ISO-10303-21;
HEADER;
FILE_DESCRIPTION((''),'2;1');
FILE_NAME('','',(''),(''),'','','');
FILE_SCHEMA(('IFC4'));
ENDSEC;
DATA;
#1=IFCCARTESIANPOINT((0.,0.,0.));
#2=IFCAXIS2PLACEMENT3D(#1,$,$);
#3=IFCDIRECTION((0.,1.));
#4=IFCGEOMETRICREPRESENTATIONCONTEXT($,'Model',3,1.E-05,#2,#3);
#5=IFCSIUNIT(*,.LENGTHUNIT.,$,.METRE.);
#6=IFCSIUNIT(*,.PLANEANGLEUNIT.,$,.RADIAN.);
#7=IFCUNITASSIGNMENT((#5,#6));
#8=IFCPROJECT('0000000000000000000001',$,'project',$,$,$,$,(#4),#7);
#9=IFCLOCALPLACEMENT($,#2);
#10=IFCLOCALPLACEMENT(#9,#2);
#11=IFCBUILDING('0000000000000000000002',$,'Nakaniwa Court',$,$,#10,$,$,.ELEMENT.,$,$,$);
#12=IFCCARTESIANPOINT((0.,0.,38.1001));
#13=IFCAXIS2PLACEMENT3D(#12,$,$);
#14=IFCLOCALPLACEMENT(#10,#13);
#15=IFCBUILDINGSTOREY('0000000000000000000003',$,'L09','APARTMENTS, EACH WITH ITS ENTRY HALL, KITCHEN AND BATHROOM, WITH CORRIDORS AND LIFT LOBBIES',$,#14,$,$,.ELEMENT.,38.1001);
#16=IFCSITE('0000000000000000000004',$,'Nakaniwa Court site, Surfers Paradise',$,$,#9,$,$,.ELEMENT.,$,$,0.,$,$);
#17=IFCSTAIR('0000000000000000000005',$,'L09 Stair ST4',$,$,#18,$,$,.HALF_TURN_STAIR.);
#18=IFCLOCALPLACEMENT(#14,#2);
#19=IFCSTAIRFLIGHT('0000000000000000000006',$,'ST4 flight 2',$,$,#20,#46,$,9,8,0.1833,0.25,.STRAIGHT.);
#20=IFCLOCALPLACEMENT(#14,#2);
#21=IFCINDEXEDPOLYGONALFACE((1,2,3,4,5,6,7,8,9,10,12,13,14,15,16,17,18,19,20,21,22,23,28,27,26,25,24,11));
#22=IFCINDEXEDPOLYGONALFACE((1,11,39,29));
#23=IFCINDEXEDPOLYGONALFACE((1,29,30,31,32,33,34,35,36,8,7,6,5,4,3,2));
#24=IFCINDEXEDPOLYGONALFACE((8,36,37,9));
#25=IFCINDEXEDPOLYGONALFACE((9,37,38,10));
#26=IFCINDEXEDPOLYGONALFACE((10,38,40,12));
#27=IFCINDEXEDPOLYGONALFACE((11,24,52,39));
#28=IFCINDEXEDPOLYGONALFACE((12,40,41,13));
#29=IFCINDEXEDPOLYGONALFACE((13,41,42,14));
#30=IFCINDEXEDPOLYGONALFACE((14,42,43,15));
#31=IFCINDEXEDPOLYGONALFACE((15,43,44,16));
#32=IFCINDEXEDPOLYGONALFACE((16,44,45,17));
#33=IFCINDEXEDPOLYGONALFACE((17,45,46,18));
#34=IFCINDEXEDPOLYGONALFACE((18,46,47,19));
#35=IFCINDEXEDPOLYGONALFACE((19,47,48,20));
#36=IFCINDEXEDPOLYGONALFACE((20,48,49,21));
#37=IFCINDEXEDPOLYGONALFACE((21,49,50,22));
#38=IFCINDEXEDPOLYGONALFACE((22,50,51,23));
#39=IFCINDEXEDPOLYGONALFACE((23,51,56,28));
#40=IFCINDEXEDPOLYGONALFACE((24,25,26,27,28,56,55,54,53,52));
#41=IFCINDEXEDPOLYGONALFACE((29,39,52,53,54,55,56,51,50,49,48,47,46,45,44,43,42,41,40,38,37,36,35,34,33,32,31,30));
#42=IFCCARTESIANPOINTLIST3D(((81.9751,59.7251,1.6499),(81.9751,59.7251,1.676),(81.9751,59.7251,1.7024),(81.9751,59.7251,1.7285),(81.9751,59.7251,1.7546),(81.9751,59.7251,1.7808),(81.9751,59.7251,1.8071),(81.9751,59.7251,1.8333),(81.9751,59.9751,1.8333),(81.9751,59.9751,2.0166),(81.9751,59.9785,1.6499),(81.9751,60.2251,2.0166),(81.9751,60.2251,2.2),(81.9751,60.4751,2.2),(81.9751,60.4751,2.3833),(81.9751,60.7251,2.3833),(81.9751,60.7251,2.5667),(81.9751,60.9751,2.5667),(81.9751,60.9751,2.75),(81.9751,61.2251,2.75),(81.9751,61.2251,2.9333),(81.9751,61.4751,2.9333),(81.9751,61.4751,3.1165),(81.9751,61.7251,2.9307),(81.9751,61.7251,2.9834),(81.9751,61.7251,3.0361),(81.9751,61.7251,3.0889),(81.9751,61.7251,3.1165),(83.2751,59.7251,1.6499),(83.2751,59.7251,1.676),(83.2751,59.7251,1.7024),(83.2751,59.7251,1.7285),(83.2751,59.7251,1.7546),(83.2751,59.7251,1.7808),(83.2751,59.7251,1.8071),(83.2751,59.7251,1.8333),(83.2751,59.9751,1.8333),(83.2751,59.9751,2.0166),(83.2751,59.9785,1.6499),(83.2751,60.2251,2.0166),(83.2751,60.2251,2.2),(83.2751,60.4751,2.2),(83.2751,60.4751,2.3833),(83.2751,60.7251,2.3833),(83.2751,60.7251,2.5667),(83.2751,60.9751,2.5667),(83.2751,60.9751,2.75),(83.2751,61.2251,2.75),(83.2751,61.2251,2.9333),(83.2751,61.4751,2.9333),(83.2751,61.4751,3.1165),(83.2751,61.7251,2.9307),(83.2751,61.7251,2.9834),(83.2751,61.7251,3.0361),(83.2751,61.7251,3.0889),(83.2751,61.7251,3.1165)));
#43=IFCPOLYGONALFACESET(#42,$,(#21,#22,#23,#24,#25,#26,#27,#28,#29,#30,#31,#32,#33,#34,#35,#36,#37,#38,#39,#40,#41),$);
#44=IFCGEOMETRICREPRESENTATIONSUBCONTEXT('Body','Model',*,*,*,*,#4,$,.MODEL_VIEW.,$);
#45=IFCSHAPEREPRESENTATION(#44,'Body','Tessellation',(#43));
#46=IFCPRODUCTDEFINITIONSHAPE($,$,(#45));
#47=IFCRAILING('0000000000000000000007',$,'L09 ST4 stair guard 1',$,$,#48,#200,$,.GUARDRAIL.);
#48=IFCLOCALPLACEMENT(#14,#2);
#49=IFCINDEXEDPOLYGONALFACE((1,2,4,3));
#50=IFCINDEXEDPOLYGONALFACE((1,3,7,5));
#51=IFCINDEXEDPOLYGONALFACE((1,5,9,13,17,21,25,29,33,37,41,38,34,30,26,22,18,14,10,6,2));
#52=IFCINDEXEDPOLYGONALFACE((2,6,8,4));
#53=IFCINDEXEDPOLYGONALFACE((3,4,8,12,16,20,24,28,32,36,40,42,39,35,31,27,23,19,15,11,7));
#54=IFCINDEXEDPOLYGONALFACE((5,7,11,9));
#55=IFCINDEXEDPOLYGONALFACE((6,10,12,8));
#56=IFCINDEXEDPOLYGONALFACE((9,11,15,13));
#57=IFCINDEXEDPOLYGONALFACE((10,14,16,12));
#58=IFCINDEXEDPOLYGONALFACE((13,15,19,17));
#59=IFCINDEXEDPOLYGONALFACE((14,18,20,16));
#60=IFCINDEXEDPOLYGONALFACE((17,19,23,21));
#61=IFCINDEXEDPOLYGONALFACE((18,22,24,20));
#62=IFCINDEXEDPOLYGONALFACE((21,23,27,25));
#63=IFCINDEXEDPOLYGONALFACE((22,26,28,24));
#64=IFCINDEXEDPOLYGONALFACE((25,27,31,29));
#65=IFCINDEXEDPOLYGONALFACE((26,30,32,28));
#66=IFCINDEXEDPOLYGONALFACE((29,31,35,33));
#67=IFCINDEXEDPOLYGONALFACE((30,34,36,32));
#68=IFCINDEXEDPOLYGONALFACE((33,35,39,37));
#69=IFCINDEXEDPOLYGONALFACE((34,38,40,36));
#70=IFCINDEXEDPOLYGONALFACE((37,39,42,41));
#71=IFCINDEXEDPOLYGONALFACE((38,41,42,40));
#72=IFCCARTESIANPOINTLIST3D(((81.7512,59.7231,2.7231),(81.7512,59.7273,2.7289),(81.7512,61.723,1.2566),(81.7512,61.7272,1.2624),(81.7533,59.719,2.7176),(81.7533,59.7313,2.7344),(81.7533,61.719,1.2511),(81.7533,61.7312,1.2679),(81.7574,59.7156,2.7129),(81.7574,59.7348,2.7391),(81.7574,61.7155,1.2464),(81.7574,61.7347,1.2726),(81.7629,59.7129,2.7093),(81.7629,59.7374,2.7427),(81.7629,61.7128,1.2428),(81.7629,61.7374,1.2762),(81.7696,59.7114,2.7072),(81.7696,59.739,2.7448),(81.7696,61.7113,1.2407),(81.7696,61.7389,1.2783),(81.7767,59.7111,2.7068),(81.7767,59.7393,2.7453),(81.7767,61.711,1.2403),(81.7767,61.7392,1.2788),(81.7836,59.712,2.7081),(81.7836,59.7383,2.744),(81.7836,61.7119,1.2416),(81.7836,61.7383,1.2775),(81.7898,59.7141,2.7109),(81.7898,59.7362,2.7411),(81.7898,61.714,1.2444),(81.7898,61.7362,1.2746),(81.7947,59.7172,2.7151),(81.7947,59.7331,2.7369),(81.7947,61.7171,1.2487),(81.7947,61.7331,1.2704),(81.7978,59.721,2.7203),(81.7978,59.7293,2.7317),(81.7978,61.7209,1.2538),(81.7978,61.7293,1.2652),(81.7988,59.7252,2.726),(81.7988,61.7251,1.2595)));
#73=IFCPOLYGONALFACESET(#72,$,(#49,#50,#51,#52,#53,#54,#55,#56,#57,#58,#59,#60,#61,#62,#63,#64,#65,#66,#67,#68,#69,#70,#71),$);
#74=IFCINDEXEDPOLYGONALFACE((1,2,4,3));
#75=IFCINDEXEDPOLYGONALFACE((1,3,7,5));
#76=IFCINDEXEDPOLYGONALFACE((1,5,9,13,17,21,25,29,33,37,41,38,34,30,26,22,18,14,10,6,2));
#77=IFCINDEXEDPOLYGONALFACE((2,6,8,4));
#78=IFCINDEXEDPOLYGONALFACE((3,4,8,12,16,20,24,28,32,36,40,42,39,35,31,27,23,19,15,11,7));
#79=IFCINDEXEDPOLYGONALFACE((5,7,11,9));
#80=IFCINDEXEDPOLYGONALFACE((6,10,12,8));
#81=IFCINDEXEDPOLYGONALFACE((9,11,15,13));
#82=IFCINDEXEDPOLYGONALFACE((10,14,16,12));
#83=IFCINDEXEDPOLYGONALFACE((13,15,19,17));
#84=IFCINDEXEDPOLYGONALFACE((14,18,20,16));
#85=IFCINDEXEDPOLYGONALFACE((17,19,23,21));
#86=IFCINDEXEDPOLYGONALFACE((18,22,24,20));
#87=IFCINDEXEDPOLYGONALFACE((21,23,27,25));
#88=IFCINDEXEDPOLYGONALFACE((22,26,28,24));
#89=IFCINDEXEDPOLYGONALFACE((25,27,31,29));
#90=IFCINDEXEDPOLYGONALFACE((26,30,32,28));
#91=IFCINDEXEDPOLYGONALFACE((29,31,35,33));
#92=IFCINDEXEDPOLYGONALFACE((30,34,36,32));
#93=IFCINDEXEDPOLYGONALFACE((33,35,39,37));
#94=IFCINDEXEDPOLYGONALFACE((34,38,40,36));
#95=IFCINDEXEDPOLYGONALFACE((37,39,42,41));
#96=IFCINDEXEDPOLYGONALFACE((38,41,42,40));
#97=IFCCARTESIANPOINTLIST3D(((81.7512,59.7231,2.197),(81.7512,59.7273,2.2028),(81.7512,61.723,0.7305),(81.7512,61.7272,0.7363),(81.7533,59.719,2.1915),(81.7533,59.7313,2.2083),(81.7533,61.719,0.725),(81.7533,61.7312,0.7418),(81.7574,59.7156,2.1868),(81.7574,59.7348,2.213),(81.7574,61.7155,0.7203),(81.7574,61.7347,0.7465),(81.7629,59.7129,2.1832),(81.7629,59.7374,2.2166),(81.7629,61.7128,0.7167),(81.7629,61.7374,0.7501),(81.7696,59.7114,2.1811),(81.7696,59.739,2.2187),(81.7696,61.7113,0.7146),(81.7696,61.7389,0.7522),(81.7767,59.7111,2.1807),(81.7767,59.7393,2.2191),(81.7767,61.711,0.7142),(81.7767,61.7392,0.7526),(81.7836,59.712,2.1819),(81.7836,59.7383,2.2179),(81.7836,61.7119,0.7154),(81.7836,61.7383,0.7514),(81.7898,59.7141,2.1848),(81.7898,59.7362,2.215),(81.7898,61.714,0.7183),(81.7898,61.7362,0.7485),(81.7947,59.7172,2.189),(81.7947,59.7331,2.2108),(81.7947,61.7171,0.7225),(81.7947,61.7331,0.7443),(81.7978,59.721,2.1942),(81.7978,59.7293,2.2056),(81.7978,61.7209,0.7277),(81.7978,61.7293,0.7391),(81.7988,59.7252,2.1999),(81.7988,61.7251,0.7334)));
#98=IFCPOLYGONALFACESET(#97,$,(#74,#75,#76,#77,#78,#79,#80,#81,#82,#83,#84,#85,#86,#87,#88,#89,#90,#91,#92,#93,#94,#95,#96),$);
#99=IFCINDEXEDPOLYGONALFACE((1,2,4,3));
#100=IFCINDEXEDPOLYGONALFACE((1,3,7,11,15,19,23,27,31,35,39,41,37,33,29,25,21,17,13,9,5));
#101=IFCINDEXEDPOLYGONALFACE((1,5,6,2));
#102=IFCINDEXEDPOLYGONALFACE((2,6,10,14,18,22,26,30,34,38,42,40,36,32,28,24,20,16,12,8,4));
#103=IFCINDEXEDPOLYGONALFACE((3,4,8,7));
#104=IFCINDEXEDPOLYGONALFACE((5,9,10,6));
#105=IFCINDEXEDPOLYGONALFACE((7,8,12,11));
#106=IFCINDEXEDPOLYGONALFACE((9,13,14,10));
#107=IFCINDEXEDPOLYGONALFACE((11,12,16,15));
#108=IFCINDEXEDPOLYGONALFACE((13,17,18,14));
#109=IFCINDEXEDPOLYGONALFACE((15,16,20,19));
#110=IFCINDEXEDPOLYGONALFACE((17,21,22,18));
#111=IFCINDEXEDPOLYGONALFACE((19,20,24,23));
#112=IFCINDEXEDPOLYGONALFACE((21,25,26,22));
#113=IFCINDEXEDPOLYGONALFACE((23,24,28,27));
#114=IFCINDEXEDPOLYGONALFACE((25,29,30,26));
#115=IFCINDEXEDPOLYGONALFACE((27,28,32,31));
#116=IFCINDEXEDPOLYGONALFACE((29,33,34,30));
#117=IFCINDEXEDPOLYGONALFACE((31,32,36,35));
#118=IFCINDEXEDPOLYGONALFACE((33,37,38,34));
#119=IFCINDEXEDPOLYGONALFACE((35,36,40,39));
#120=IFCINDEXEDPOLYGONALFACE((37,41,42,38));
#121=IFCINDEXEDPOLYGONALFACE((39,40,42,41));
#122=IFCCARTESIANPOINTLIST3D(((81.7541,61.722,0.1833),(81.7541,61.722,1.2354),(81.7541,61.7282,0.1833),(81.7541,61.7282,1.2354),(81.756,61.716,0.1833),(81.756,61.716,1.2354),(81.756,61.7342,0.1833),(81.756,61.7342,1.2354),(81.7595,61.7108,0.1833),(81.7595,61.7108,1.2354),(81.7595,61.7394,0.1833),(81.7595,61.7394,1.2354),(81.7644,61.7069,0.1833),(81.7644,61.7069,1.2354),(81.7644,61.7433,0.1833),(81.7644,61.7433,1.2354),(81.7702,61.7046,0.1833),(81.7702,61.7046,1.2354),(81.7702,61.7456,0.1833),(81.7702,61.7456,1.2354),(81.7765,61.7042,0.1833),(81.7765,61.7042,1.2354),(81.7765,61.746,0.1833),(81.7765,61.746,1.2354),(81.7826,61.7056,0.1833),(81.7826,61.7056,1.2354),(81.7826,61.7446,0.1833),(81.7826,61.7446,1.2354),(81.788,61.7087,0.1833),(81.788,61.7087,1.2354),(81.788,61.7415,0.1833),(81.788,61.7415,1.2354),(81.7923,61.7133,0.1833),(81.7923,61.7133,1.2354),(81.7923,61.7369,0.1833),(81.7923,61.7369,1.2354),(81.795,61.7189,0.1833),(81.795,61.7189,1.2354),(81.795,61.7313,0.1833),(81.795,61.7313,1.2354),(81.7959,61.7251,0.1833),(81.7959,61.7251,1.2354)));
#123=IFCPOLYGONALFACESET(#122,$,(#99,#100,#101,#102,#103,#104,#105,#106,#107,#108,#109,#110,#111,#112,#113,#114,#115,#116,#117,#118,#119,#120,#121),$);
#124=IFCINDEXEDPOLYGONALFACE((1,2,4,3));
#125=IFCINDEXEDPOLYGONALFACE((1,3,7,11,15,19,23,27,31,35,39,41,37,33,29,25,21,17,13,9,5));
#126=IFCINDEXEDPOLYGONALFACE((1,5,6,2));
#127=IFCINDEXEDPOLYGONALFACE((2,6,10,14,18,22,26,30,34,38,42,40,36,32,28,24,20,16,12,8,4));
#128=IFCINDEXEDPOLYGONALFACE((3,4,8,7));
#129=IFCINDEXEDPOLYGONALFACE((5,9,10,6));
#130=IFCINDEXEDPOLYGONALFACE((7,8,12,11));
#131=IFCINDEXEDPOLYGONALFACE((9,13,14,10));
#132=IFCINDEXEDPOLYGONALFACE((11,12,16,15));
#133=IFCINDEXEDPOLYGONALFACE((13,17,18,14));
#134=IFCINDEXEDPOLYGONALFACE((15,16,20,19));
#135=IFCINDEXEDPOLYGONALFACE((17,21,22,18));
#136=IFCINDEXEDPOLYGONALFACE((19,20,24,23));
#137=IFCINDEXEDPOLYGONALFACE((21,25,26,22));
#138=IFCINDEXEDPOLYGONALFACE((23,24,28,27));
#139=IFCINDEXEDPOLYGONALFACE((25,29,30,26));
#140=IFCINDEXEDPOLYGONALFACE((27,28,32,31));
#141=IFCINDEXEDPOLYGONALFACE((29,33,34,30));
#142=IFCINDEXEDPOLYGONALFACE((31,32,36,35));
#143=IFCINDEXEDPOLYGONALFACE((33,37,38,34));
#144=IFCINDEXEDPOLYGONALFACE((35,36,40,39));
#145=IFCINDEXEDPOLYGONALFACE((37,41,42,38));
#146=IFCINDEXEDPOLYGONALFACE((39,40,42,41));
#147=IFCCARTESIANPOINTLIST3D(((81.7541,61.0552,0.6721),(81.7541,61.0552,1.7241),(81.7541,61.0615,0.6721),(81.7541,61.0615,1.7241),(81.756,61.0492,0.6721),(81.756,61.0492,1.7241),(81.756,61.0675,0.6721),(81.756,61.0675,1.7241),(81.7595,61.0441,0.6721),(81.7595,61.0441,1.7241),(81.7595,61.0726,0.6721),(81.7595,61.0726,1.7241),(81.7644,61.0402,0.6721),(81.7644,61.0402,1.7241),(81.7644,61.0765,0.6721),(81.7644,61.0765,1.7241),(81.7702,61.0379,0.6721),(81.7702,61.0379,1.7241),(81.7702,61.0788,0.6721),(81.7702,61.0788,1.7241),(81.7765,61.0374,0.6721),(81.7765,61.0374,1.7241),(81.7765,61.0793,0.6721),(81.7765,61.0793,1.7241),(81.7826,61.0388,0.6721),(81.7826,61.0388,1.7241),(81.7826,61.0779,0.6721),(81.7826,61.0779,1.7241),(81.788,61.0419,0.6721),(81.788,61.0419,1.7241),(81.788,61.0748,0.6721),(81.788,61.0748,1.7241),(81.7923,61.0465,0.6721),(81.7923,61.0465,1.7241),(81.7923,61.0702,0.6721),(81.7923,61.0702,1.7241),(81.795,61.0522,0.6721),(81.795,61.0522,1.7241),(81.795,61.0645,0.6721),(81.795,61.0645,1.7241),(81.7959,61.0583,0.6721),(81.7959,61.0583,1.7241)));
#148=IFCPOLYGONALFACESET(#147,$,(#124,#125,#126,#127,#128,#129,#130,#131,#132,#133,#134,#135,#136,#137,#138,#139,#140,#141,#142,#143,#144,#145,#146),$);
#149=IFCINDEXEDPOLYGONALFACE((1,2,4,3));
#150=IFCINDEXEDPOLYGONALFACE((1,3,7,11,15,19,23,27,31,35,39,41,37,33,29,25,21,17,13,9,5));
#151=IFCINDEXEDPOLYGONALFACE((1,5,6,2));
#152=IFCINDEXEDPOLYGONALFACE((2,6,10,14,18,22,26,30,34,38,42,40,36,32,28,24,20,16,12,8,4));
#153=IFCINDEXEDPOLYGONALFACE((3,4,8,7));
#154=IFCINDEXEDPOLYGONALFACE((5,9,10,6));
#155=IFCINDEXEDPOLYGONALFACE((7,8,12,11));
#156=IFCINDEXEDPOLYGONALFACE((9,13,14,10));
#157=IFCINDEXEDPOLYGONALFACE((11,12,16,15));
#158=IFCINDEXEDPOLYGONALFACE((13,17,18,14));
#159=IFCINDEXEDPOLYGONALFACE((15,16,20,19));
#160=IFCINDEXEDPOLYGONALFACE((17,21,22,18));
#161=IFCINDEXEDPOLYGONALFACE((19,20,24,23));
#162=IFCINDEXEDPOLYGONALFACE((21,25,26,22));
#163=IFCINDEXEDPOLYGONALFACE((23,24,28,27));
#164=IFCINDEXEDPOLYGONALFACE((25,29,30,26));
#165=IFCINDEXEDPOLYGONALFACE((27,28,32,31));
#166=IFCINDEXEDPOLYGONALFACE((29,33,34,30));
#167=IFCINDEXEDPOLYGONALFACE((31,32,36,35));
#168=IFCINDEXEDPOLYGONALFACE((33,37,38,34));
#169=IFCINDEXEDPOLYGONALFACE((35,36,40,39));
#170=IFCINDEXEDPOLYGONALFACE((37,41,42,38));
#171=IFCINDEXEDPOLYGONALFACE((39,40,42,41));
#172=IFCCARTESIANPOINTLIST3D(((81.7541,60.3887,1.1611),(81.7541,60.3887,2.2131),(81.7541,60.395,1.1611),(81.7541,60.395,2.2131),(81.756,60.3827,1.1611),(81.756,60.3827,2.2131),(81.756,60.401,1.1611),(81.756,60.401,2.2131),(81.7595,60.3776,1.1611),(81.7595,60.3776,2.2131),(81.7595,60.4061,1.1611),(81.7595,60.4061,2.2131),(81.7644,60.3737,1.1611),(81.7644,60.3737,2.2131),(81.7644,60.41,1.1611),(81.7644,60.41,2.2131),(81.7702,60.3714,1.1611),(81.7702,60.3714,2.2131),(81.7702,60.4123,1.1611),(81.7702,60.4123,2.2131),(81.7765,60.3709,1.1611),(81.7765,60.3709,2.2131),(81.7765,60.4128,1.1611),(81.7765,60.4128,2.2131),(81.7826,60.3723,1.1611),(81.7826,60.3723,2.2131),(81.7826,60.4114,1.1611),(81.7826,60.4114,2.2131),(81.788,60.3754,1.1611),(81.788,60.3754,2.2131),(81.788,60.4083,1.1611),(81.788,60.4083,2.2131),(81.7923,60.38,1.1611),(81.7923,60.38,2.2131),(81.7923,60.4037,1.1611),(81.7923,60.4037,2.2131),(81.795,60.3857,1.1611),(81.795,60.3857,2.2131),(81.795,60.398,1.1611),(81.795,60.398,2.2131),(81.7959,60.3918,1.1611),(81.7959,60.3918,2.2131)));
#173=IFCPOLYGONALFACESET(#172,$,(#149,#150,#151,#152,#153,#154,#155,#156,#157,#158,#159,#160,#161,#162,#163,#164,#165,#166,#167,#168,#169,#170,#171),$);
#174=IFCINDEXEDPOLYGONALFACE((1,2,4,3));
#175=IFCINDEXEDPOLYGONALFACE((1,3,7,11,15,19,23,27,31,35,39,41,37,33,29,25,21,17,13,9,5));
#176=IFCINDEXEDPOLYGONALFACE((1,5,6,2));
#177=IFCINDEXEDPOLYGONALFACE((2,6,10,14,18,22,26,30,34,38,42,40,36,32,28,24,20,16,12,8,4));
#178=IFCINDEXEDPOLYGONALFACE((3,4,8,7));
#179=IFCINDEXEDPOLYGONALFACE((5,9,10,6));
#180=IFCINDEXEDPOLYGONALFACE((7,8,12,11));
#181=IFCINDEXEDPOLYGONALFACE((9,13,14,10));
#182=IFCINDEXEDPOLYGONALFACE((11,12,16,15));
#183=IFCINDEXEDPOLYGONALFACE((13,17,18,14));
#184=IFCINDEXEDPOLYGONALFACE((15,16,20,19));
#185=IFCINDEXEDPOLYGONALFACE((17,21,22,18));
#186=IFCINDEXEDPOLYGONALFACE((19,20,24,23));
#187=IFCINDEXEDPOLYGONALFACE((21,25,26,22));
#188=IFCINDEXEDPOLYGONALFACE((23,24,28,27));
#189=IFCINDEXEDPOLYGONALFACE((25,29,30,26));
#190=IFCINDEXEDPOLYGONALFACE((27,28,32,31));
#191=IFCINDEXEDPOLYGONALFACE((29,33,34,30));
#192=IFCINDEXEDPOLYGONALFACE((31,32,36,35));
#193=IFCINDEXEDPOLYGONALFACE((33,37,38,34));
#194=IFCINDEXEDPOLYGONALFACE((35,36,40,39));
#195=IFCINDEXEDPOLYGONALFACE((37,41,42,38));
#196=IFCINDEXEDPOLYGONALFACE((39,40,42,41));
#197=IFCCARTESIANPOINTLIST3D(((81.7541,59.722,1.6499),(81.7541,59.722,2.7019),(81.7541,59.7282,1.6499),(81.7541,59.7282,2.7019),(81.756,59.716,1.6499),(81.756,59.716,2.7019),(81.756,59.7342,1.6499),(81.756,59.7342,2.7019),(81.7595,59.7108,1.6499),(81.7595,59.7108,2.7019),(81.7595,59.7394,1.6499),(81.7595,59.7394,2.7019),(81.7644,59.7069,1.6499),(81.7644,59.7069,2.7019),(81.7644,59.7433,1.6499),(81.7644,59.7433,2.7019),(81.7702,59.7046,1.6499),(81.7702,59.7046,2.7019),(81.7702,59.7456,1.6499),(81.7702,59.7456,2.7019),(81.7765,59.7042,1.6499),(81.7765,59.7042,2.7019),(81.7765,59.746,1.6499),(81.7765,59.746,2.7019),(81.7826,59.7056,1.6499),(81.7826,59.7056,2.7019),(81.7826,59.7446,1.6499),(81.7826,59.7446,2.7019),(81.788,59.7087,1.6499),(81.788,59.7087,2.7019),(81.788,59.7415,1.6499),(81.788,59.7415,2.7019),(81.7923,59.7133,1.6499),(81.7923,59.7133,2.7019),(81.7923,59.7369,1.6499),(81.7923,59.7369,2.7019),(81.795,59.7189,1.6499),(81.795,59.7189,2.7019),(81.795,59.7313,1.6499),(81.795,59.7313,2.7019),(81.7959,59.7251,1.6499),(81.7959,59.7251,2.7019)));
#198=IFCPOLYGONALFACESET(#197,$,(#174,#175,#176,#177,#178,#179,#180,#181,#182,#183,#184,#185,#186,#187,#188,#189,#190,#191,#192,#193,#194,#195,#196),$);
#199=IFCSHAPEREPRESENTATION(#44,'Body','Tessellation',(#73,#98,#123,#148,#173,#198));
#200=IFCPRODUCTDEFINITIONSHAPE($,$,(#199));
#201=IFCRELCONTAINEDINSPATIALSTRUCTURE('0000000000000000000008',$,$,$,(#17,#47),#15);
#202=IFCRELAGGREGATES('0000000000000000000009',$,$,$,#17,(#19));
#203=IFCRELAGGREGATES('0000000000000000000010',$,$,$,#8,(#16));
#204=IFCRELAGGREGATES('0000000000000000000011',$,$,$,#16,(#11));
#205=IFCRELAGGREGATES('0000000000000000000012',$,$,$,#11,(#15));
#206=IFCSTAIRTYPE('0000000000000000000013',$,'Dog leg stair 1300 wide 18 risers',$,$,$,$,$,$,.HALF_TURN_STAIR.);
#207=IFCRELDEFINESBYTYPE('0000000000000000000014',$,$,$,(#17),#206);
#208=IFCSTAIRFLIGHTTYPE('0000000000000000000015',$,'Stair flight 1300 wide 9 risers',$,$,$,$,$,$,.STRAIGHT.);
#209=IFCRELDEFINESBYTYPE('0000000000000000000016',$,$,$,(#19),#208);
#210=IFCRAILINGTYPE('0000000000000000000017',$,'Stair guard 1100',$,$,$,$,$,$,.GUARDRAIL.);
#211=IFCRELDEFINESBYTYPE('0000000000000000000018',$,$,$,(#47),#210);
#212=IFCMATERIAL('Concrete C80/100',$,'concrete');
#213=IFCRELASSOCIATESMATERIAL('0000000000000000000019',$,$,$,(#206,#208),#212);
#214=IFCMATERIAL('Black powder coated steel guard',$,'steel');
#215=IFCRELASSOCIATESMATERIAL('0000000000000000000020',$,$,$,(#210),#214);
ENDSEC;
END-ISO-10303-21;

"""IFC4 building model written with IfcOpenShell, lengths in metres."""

from ifc_helpers import new_model, si_unit, direction, frame, origin, origin_2d, place, context, subcontext, project, spatial, polyline, circle, outline, extrude, material, type_object, element, aggregate, save


model = new_model("IFC4")

# Units and contexts
model_context = context("Model", 3, precision=1e-05, world=origin(), true_north=direction((0.0, 1.0)))
body_context = subcontext(model_context, "Body", "Model", "MODEL_VIEW")
ifc_project = project(units=[si_unit("LENGTHUNIT", "METRE"), si_unit("PLANEANGLEUNIT", "RADIAN")], contexts=[model_context])

# Site, building, storey
site_placement = place(None, origin())
site = spatial("IfcSite", under=ifc_project, at=site_placement, Name="Nakaniwa Court site, Surfers Paradise", CompositionType="ELEMENT", RefElevation=0.0)
building_placement = place(site_placement, origin())
building = spatial("IfcBuilding", under=site, at=building_placement, Name="Nakaniwa Court", CompositionType="ELEMENT")
storey_placement = place(building_placement, frame((0.0, 0.0, 38.1001)))
storey = spatial("IfcBuildingStorey", under=building, at=storey_placement, Name="L09", Description="APARTMENTS, EACH WITH ITS ENTRY HALL, KITCHEN AND BATHROOM, WITH CORRIDORS AND LIFT LOBBIES", CompositionType="ELEMENT", Elevation=38.1001)

# Shared definitions
ifc_material_1 = material(Name="Concrete C80/100", Category="concrete")

# Stair, stair flight
stair_type = type_object("IfcStairType", Name="Dog leg stair 1300 wide 18 risers", PredefinedType="HALF_TURN_STAIR", material=ifc_material_1)
stair_placement = place(storey_placement, origin())
stair = element("IfcStair", 1, at=stair_placement, inside=storey, type_object=stair_type, Name="L09 Stair ST4", PredefinedType="HALF_TURN_STAIR")
stair_flight_type = type_object("IfcStairFlightType", Name="Stair flight 1300 wide 9 risers", PredefinedType="STRAIGHT", material=ifc_material_1)
stair_flight_1_placement = place(storey_placement, frame((82.625, 59.7251, 1.6499), z_axis=(0.0, 0.0, 1.0), x_axis=(0.0, 1.0, 0.0)))
stair_flight_1 = element("IfcStairFlight", 2, at=stair_flight_1_placement, type_object=stair_flight_type, Name="ST4 flight 2", NumberOfRisers=9, NumberOfTreads=8, PredefinedType="STRAIGHT", RiserHeight=0.1833, TreadLength=0.25, context=body_context, shape_type="SweptSolid", body=[
    extrude(outline(polyline([(0.0, 0.0), (0.0, 0.0261), (0.0, 0.0525), (0.0, 0.0786), (0.0, 0.1047), (0.0, 0.1309), (0.0, 0.1572), (0.0, 0.1833), (0.25, 0.1833), (0.25, 0.3667), (0.5, 0.3667), (0.5, 0.55), (0.75, 0.55), (0.75, 0.7334), (1.0, 0.7334), (1.0, 0.9167), (1.25, 0.9167), (1.25, 1.1001), (1.5, 1.1001), (1.5, 1.2834), (1.75, 1.2834), (1.75, 1.4666), (2.0, 1.4666), (2.0, 1.6499), (2.0, 1.5972), (2.0, 1.5444), (2.0, 1.4917), (2.0, 1.439), (2.0, 1.3862), (2.0, 1.3335), (2.0, 1.2808), (0.2534, 0.0), (0.0, 0.0)])), frame((0.0, 0.6499, 0.0), z_axis=(0.0, -1.0, 0.0), x_axis=(1.0, 0.0, 0.0)), (0.0, 0.0, 1.0), 1.3),
])
aggregate(stair, [stair_flight_1])

# Railing
ifc_material_2 = material(Name="Black powder coated steel guard", Category="steel")
railing_type_1 = type_object("IfcRailingType", Name="Stair guard 1100", PredefinedType="GUARDRAIL", material=ifc_material_2)
railing_1_placement = place(storey_placement, frame((81.7749, 61.7251, 0.1833)))
element("IfcRailing", 3, at=railing_1_placement, inside=storey, type_object=railing_type_1, Name="L09 ST4 stair guard 1", PredefinedType="GUARDRAIL", context=body_context, shape_type="SweptSolid", body=[
    extrude(circle(Radius=0.0239, at=origin_2d()), frame((0.0, 0.0, 1.0762), z_axis=(0.0, -0.806427, 0.591334), x_axis=(1.0, 0.0, 0.0)), (0.0, 0.0, 1.0), 2.48),
    extrude(circle(Radius=0.0239, at=origin_2d()), frame((0.0, 0.0, 0.55), z_axis=(0.0, -0.806427, 0.591334), x_axis=(1.0, 0.0, 0.0)), (0.0, 0.0, 1.0), 2.48),
    extrude(circle(Radius=0.021, at=origin_2d()), origin(), (0.0, 0.0, 1.0), 1.052),
    extrude(circle(Radius=0.021, at=origin_2d()), frame((0.0, -0.6667, 0.4888)), (0.0, 0.0, 1.0), 1.052),
    extrude(circle(Radius=0.021, at=origin_2d()), frame((0.0, -1.3333, 0.9778)), (0.0, 0.0, 1.0), 1.052),
    extrude(circle(Radius=0.021, at=origin_2d()), frame((0.0, -2.0, 1.4666)), (0.0, 0.0, 1.0), 1.052),
])

save(model, "model.ifc")
